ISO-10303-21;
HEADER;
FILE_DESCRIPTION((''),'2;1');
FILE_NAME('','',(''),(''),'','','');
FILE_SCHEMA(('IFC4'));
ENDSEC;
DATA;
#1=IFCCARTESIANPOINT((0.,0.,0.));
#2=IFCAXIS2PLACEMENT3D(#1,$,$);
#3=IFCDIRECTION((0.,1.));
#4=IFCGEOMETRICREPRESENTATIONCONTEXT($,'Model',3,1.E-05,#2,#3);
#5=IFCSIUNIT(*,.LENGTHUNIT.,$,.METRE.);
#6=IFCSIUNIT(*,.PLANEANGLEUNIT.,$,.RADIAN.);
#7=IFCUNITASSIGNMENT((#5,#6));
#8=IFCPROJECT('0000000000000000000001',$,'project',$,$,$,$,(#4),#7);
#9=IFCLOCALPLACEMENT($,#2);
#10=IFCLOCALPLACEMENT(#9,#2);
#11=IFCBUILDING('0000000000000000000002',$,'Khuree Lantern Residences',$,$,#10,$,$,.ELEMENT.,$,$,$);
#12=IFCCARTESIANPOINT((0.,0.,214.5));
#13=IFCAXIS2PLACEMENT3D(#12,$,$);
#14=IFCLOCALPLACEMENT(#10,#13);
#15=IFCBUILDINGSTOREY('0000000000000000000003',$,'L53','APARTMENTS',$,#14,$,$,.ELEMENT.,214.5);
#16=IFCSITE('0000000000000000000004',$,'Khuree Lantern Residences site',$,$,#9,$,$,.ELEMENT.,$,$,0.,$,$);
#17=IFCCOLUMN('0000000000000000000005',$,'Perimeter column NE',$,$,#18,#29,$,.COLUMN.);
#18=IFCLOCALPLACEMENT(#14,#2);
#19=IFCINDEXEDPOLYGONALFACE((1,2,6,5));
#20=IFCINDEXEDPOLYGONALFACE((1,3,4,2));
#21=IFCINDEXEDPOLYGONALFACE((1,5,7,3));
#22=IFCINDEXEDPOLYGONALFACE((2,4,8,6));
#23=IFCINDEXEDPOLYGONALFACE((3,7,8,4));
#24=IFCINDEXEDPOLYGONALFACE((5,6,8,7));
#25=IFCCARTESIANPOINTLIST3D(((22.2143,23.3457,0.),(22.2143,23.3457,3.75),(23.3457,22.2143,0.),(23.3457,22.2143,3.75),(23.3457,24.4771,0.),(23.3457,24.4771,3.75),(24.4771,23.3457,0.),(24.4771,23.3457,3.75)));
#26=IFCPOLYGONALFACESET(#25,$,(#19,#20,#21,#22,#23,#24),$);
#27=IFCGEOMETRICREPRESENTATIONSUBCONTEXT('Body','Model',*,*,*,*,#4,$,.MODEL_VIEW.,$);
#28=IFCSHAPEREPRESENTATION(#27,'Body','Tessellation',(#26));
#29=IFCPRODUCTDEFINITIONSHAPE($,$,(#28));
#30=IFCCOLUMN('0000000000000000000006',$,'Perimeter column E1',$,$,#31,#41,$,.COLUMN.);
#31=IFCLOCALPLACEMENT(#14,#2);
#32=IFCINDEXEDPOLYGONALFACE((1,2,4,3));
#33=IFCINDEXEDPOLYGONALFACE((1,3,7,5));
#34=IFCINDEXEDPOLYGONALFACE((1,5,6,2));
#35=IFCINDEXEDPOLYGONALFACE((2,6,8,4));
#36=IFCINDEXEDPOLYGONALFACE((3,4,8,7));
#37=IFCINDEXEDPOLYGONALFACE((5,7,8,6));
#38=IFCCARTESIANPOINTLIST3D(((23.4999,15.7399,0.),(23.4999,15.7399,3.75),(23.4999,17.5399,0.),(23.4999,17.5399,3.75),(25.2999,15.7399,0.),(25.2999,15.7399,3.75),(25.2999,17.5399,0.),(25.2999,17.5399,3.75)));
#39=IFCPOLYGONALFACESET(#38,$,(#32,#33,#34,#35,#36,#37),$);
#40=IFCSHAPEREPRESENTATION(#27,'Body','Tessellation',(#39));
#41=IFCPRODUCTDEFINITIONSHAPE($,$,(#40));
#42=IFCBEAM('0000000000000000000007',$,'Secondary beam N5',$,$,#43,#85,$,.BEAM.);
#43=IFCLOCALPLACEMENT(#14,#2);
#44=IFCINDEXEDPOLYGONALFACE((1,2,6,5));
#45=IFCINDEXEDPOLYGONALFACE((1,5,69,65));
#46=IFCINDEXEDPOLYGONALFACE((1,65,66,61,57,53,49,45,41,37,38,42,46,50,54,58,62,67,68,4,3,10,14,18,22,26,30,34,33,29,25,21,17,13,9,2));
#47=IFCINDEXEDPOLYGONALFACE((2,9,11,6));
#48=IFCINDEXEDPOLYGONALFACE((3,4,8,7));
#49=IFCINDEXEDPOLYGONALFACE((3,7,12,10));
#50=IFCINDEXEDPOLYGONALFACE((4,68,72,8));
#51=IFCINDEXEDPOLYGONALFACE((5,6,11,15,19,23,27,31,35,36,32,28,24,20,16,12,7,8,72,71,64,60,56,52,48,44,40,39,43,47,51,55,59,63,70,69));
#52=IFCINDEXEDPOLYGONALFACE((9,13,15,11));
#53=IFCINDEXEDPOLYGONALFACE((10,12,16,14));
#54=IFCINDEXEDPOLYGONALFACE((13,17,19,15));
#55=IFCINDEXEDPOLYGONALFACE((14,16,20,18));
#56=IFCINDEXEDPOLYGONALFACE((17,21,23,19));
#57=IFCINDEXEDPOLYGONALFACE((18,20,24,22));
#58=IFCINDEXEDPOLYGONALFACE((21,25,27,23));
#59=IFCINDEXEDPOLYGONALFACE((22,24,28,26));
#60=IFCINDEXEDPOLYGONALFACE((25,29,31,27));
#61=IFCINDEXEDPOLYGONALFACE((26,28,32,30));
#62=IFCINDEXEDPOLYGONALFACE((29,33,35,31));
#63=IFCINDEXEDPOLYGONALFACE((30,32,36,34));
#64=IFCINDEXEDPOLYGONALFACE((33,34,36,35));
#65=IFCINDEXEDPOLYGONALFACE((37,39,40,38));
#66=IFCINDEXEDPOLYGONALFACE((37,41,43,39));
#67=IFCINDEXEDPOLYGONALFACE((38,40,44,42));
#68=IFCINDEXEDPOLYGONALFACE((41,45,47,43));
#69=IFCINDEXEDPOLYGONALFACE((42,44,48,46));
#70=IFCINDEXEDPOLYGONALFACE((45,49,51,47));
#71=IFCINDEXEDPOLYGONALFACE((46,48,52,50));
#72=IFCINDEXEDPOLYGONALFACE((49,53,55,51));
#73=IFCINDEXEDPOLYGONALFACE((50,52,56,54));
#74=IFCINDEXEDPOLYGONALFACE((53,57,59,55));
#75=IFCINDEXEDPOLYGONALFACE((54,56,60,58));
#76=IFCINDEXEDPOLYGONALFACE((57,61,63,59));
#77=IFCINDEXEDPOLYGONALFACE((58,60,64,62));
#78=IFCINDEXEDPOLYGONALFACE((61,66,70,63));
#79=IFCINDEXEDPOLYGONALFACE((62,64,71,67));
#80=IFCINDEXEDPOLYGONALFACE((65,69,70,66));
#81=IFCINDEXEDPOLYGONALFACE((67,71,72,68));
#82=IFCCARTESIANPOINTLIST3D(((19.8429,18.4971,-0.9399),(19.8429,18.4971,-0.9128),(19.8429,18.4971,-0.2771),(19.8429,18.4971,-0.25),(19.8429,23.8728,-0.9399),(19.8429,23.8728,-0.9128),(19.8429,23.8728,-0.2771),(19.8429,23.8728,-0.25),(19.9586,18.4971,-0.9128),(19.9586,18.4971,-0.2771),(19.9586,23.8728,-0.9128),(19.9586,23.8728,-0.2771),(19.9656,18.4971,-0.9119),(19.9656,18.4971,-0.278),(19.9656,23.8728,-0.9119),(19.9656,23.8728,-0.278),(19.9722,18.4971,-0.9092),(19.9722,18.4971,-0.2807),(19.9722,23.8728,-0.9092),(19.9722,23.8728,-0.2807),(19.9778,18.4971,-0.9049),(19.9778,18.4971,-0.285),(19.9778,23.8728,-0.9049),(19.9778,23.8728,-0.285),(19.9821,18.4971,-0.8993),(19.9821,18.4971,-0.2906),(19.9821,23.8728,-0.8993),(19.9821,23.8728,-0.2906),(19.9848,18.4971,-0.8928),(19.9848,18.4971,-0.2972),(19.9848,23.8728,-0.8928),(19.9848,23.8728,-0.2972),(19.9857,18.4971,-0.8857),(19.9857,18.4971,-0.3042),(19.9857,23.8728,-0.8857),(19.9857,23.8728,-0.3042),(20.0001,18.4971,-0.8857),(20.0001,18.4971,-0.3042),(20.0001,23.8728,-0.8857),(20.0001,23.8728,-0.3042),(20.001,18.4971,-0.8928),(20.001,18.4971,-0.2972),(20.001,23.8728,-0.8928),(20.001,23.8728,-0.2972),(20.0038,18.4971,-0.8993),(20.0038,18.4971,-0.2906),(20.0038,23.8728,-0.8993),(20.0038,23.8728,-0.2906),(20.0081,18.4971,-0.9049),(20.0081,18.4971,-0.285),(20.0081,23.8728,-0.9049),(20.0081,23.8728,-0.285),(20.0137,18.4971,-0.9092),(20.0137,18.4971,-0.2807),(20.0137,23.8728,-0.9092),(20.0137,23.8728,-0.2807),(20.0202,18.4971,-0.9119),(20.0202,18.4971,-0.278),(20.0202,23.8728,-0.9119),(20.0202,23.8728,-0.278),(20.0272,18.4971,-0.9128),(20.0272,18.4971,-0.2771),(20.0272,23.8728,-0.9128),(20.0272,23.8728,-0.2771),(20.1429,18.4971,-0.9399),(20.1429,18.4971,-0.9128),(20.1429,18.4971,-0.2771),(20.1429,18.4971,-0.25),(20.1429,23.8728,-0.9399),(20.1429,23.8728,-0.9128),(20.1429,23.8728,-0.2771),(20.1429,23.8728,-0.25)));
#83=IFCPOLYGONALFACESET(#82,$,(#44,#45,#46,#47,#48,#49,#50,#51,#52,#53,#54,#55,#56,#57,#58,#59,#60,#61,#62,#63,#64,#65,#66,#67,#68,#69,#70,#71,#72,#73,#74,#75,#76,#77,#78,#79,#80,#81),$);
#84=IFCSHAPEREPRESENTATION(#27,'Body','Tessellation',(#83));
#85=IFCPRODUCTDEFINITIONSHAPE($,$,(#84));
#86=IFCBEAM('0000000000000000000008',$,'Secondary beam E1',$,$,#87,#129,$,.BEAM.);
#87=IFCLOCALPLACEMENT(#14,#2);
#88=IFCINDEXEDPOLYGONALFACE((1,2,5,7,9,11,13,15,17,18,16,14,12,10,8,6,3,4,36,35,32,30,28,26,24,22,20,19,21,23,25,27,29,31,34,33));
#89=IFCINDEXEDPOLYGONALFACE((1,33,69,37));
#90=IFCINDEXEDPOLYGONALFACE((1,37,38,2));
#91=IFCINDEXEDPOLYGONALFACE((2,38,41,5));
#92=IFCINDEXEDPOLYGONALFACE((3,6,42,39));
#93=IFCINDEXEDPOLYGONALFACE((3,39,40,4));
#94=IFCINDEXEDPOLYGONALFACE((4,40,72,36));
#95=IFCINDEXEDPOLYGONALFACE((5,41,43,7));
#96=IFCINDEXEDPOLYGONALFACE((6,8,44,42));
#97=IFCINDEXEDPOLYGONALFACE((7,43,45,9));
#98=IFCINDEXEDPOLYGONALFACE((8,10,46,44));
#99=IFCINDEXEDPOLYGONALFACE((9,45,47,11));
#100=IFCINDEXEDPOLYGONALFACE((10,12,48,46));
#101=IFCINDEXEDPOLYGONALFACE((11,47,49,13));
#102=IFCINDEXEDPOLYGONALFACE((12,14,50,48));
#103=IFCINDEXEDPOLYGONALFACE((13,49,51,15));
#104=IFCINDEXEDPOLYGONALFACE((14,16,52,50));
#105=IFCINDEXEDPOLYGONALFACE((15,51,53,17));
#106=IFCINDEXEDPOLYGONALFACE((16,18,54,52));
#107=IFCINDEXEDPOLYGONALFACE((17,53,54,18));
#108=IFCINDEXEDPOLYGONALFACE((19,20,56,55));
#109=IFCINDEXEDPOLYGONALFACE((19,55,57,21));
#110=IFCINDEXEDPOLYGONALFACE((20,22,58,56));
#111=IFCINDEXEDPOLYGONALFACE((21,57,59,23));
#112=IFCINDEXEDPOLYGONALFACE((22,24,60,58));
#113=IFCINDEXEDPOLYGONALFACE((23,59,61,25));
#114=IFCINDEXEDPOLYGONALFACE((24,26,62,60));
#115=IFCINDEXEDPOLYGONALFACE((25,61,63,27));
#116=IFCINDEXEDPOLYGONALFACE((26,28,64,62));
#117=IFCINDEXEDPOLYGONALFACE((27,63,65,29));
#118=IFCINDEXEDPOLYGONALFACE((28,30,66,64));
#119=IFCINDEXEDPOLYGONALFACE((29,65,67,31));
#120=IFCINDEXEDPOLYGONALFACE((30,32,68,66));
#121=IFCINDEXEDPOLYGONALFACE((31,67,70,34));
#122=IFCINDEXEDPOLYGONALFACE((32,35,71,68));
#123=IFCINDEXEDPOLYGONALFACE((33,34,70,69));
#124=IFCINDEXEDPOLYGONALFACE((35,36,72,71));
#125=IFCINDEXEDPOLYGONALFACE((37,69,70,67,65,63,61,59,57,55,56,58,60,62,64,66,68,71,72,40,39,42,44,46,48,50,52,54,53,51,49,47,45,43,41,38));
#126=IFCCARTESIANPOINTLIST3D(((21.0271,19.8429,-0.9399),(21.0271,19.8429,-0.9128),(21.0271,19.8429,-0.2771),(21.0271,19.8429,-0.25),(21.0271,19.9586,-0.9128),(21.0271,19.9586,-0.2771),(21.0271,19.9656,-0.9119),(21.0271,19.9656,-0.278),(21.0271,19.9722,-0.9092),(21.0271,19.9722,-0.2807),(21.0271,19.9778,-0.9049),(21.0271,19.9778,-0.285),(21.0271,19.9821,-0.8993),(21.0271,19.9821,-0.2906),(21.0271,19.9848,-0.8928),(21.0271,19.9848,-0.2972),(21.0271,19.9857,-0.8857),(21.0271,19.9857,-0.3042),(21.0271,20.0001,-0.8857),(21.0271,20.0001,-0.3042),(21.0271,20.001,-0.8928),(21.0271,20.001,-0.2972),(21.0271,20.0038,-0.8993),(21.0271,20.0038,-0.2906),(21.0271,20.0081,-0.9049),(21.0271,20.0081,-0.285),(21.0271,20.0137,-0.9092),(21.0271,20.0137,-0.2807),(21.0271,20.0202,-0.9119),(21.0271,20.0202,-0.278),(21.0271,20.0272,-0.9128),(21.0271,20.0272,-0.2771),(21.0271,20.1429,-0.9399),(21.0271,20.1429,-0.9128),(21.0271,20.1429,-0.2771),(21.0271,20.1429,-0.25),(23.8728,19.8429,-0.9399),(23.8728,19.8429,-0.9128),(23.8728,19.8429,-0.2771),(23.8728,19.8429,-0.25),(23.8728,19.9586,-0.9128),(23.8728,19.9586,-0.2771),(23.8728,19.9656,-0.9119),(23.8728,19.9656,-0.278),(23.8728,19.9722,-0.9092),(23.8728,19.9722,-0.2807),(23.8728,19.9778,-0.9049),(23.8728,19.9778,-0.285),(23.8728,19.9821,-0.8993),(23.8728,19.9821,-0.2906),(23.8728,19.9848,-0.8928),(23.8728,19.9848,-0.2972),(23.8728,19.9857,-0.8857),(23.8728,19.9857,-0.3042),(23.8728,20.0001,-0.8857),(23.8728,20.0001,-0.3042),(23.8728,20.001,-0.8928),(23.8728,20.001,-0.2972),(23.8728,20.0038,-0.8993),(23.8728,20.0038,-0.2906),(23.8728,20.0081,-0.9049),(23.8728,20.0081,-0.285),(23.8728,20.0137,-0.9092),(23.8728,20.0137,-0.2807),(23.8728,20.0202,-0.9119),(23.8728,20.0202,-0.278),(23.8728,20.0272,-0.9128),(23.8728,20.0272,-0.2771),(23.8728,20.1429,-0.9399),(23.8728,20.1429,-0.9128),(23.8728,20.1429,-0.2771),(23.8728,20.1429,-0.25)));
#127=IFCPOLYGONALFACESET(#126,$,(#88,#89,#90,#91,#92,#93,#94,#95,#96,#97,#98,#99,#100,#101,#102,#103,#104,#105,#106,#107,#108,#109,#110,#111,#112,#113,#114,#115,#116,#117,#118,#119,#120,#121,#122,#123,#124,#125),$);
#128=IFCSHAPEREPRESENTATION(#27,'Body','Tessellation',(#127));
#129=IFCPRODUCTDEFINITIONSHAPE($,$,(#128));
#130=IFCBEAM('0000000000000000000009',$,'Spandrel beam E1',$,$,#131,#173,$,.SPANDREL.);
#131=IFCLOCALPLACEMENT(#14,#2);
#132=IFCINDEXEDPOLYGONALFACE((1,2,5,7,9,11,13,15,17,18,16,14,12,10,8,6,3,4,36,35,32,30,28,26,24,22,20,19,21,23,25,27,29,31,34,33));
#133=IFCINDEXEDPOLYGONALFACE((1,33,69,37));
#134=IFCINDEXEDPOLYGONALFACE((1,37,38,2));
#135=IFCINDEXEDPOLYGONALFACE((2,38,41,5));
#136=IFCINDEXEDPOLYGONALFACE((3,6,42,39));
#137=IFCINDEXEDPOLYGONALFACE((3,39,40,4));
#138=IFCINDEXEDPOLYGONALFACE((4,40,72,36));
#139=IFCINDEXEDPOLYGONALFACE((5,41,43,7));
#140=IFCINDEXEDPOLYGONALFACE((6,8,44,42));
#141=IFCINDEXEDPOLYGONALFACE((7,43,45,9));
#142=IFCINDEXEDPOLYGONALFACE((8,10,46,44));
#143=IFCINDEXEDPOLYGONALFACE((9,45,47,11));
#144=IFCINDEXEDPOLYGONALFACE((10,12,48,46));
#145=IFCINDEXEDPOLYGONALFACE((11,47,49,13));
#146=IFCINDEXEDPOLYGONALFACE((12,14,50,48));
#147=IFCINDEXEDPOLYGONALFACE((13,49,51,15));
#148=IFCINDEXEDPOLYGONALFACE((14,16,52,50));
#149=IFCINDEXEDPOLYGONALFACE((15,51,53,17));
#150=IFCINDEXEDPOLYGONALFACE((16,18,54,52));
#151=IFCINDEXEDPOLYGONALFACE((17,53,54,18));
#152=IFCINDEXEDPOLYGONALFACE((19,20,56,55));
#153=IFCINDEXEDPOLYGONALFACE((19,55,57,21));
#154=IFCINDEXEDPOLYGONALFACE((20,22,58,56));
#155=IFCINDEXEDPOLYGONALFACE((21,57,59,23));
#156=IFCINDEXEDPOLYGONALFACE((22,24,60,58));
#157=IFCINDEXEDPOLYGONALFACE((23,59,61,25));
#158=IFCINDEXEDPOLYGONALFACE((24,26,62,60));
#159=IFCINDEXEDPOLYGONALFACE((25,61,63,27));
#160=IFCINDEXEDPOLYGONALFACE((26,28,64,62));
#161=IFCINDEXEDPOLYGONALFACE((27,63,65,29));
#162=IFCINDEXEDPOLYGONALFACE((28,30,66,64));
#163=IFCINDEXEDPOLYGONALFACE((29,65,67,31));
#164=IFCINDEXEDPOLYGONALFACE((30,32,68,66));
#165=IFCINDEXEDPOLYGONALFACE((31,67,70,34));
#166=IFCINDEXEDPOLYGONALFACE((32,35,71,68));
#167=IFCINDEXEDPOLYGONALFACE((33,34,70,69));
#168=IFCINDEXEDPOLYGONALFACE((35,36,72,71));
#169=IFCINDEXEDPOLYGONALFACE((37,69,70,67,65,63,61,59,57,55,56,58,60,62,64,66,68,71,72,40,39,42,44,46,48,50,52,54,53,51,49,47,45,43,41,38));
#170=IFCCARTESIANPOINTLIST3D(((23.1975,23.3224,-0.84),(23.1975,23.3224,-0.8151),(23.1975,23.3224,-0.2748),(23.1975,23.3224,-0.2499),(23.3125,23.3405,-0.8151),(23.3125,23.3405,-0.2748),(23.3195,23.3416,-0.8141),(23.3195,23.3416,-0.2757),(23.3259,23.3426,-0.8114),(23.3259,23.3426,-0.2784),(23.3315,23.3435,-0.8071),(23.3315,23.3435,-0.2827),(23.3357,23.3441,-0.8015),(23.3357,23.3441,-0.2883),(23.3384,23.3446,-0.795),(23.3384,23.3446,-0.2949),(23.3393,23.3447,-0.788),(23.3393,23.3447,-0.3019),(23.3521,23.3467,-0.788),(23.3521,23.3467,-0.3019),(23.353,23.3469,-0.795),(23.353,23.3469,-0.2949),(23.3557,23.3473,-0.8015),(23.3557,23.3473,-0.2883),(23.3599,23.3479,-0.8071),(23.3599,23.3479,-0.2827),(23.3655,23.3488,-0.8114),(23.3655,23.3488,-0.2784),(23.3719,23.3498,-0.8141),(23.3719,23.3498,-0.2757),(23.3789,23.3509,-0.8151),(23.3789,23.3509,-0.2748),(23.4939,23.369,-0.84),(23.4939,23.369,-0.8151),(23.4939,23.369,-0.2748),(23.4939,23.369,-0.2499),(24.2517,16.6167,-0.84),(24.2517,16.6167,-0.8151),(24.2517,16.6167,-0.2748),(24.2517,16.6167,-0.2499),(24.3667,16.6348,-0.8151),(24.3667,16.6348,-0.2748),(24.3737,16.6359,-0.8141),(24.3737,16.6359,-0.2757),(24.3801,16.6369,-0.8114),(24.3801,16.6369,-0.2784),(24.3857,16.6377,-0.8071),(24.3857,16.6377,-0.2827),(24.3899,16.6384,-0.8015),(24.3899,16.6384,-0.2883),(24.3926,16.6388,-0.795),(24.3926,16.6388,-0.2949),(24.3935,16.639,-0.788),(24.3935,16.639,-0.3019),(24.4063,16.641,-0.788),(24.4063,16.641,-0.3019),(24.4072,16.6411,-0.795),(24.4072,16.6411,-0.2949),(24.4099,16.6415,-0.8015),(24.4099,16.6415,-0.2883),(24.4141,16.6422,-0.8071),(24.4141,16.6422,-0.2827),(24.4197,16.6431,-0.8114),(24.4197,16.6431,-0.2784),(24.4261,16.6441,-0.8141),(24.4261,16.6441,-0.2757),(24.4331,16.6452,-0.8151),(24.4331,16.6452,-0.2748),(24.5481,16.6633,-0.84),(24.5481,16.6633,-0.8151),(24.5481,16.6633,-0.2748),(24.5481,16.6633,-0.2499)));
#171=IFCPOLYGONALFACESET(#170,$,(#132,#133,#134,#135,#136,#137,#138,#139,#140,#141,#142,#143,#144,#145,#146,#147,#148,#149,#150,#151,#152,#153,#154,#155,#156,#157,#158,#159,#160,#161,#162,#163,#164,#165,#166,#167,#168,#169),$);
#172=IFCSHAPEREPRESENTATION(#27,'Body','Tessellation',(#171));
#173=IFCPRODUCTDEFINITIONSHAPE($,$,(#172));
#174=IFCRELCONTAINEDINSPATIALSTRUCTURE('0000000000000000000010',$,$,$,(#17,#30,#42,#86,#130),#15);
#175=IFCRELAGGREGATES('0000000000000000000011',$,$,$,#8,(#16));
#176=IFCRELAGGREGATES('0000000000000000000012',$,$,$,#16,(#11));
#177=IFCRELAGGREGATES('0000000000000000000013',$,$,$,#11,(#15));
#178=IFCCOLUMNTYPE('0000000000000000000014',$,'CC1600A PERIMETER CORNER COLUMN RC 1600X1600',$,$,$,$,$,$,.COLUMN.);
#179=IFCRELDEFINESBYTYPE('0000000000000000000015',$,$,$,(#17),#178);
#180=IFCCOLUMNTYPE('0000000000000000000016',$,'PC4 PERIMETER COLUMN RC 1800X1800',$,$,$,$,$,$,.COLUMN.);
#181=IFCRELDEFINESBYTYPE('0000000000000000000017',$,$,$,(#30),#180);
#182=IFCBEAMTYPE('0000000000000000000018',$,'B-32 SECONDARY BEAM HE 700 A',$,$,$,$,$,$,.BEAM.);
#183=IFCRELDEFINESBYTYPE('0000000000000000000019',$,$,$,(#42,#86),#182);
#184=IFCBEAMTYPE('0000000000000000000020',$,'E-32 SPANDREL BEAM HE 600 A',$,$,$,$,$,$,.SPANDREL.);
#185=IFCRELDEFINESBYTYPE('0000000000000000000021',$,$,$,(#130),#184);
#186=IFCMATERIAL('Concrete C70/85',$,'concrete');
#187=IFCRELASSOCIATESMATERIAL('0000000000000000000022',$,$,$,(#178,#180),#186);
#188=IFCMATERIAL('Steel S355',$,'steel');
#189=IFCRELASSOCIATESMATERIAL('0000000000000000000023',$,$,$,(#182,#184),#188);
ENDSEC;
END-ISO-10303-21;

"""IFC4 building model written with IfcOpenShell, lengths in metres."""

from ifc_helpers import new_model, si_unit, direction, frame, origin, origin_2d, place, context, subcontext, project, spatial, rectangle, i_section, extrude, material, material_profile, profile_set, type_object, element, save


model = new_model("IFC4")

# Units and contexts
model_context = context("Model", 3, precision=1e-05, world=origin(), true_north=direction((0.0, 1.0)))
body_context = subcontext(model_context, "Body", "Model", "MODEL_VIEW")
ifc_project = project(units=[si_unit("LENGTHUNIT", "METRE"), si_unit("PLANEANGLEUNIT", "RADIAN")], contexts=[model_context])

# Site, building, storey
site_placement = place(None, origin())
site = spatial("IfcSite", under=ifc_project, at=site_placement, Name="Khuree Lantern Residences site", CompositionType="ELEMENT", RefElevation=0.0)
building_placement = place(site_placement, origin())
building = spatial("IfcBuilding", under=site, at=building_placement, Name="Khuree Lantern Residences", CompositionType="ELEMENT")
storey_placement = place(building_placement, frame((0.0, 0.0, 214.5)))
storey = spatial("IfcBuildingStorey", under=building, at=storey_placement, Name="L53", Description="APARTMENTS", CompositionType="ELEMENT", Elevation=214.5)

# Columns
ifc_material_1 = material(Name="Concrete C70/85", Category="concrete")
ifc_material_profile_1 = material_profile(ifc_material_1, rectangle(XDim=1.6001, YDim=1.6001, at=origin_2d()), Name="RC 1600X1600")
ifc_profile_set_1 = profile_set([ifc_material_profile_1], Name="Concrete C70/85")
column_type_1 = type_object("IfcColumnType", Name="CC1600A PERIMETER CORNER COLUMN RC 1600X1600", PredefinedType="COLUMN", material=ifc_profile_set_1)
column_1_placement = place(storey_placement, frame((23.3457, 23.3457, 0.0), z_axis=(0.0, 0.0, 1.0), x_axis=(0.707107, -0.707107, 0.0)))
element("IfcColumn", 1, at=column_1_placement, inside=storey, type_object=column_type_1, Name="Perimeter column NE", PredefinedType="COLUMN", context=body_context, shape_type="SweptSolid", body=[
    extrude(rectangle(XDim=1.6001, YDim=1.6001, at=origin_2d()), origin(), (0.0, 0.0, 1.0), 3.75),
])
ifc_material_profile_2 = material_profile(ifc_material_1, rectangle(XDim=1.8, YDim=1.8, at=origin_2d()), Name="RC 1800X1800")
ifc_profile_set_2 = profile_set([ifc_material_profile_2], Name="Concrete C70/85")
column_type_2 = type_object("IfcColumnType", Name="PC4 PERIMETER COLUMN RC 1800X1800", PredefinedType="COLUMN", material=ifc_profile_set_2)
column_2_placement = place(storey_placement, frame((24.3999, 16.6399, 0.0), z_axis=(0.0, 0.0, 1.0), x_axis=(0.0, 1.0, 0.0)))
element("IfcColumn", 2, at=column_2_placement, inside=storey, type_object=column_type_2, Name="Perimeter column E1", PredefinedType="COLUMN", context=body_context, shape_type="SweptSolid", body=[
    extrude(rectangle(XDim=1.8, YDim=1.8, at=origin_2d()), origin(), (0.0, 0.0, 1.0), 3.75),
])

# Beams
ifc_material_2 = material(Name="Steel S355", Category="steel")
ifc_material_profile_3 = material_profile(ifc_material_2, i_section(OverallWidth=0.3, OverallDepth=0.6899, WebThickness=0.0144, FlangeThickness=0.0271, FilletRadius=0.0271, at=origin_2d()), Name="HE 700 A")
ifc_profile_set_3 = profile_set([ifc_material_profile_3], Name="Steel S355")
beam_type_1 = type_object("IfcBeamType", Name="B-32 SECONDARY BEAM HE 700 A", PredefinedType="BEAM", material=ifc_profile_set_3)
beam_1_placement = place(storey_placement, frame((19.9929, 23.8728, -0.595), z_axis=(0.0, -1.0, 0.0), x_axis=(1.0, 0.0, 0.0)))
element("IfcBeam", 3, at=beam_1_placement, inside=storey, type_object=beam_type_1, Name="Secondary beam N5", PredefinedType="BEAM", context=body_context, shape_type="SweptSolid", body=[
    extrude(i_section(OverallWidth=0.3, OverallDepth=0.6899, WebThickness=0.0144, FlangeThickness=0.0271, FilletRadius=0.0271, at=origin_2d()), origin(), (0.0, 0.0, 1.0), 5.3757),
])
beam_2_placement = place(storey_placement, frame((23.8728, 19.9929, -0.595), z_axis=(-1.0, 0.0, 0.0), x_axis=(0.0, -1.0, 0.0)))
element("IfcBeam", 4, at=beam_2_placement, inside=storey, type_object=beam_type_1, Name="Secondary beam E1", PredefinedType="BEAM", context=body_context, shape_type="SweptSolid", body=[
    extrude(i_section(OverallWidth=0.3, OverallDepth=0.6899, WebThickness=0.0144, FlangeThickness=0.0271, FilletRadius=0.0271, at=origin_2d()), origin(), (0.0, 0.0, 1.0), 2.8457),
])
ifc_material_profile_4 = material_profile(ifc_material_2, i_section(OverallWidth=0.3, OverallDepth=0.5901, WebThickness=0.0129, FlangeThickness=0.0249, FilletRadius=0.0271, at=origin_2d()), Name="HE 600 A")
ifc_profile_set_4 = profile_set([ifc_material_profile_4], Name="Steel S355")
beam_type_2 = type_object("IfcBeamType", Name="E-32 SPANDREL BEAM HE 600 A", PredefinedType="SPANDREL", material=ifc_profile_set_4)
beam_3_placement = place(storey_placement, frame((23.3457, 23.3457, -0.5449), z_axis=(0.1553, -0.987867, 0.0), x_axis=(0.987867, 0.1553, 0.0)))
element("IfcBeam", 5, at=beam_3_placement, inside=storey, type_object=beam_type_2, Name="Spandrel beam E1", PredefinedType="SPANDREL", context=body_context, shape_type="SweptSolid", body=[
    extrude(i_section(OverallWidth=0.3, OverallDepth=0.5901, WebThickness=0.0129, FlangeThickness=0.0249, FilletRadius=0.0271, at=origin_2d()), origin(), (0.0, 0.0, 1.0), 6.7881),
])

save(model, "model.ifc")
